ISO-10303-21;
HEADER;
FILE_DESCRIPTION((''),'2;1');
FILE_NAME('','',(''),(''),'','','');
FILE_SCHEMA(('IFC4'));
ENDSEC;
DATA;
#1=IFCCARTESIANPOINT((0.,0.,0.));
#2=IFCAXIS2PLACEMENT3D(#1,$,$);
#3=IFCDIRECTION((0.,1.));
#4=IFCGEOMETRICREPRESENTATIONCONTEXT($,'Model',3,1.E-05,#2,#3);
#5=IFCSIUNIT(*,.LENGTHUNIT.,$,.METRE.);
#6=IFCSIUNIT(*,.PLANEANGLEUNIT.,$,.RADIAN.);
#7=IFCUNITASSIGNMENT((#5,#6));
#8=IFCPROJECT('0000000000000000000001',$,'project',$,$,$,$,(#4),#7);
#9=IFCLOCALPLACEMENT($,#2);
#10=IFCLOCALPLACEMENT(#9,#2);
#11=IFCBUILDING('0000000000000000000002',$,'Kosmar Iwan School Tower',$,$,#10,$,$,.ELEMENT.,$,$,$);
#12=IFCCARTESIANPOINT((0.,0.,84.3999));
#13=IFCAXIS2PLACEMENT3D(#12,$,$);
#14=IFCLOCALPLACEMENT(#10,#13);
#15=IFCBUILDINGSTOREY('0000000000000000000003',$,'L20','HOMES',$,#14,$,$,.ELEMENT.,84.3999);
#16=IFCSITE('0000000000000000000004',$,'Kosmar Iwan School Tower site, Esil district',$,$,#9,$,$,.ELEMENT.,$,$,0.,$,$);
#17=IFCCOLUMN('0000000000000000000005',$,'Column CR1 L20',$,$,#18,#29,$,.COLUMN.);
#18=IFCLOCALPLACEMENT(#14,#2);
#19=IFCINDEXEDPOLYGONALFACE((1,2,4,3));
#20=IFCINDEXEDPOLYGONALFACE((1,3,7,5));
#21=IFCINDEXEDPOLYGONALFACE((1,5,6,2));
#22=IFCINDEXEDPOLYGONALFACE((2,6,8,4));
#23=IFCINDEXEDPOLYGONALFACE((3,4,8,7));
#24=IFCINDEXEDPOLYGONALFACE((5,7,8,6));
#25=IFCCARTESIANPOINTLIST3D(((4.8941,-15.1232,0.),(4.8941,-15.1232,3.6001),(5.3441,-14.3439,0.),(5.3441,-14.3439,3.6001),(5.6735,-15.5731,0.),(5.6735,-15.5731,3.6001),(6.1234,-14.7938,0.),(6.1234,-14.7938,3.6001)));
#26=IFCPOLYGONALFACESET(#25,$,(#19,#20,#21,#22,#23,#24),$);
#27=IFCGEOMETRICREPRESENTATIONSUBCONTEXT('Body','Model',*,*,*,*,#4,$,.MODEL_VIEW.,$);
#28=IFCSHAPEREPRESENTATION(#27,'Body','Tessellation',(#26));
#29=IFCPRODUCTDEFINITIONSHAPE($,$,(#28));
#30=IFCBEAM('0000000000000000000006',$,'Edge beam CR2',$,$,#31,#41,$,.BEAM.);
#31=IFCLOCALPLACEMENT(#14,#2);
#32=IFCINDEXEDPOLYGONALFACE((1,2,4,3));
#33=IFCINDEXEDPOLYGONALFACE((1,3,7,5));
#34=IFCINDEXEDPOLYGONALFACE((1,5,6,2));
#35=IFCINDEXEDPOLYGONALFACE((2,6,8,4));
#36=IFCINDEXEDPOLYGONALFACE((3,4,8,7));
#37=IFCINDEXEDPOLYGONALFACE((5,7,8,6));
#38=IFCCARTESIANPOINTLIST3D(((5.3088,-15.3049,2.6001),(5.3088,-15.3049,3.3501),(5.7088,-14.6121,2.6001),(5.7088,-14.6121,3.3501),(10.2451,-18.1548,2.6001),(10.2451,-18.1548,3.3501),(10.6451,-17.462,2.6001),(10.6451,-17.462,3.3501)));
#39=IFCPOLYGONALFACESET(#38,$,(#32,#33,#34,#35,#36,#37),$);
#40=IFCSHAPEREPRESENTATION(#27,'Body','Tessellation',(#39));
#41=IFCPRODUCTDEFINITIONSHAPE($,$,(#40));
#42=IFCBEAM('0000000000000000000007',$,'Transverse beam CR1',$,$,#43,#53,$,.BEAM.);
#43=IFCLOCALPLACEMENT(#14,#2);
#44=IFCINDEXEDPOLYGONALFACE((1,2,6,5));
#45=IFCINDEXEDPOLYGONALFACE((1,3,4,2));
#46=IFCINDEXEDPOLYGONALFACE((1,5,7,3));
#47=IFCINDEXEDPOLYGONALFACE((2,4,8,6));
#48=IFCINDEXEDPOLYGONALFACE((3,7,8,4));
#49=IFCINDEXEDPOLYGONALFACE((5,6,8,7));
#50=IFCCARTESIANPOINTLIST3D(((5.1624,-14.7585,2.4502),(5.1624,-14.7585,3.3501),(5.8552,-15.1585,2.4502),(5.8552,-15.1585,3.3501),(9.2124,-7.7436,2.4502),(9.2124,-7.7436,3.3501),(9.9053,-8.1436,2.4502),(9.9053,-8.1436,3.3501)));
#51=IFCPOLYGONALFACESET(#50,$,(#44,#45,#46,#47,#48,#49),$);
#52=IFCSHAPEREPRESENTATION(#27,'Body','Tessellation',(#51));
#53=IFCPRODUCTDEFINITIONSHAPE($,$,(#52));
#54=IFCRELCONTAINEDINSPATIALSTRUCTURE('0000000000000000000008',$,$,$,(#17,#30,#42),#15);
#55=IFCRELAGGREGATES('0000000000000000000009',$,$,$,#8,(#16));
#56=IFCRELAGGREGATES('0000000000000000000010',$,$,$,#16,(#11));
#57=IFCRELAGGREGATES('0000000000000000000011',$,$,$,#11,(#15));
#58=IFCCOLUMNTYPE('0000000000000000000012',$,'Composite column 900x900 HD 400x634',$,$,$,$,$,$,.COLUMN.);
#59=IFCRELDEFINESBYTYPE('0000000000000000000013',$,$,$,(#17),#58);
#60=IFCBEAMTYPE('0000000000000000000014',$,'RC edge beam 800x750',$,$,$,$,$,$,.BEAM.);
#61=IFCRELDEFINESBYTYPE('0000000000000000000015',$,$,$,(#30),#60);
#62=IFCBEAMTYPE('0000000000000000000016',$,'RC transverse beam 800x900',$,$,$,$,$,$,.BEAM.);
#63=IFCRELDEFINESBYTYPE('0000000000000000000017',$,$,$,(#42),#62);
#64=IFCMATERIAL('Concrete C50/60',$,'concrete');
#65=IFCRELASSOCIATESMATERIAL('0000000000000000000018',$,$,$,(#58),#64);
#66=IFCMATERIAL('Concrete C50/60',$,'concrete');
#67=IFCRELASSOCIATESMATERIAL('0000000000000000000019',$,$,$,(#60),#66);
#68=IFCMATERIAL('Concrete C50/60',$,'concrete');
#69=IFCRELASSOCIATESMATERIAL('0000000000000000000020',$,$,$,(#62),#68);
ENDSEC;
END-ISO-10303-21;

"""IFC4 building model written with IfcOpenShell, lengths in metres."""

from ifc_helpers import new_model, si_unit, direction, frame, origin, origin_2d, place, context, subcontext, project, spatial, rectangle, extrude, material, material_profile, profile_set, type_object, element, save


model = new_model("IFC4")

# Units and contexts
model_context = context("Model", 3, precision=1e-05, world=origin(), true_north=direction((0.0, 1.0)))
body_context = subcontext(model_context, "Body", "Model", "MODEL_VIEW")
ifc_project = project(units=[si_unit("LENGTHUNIT", "METRE"), si_unit("PLANEANGLEUNIT", "RADIAN")], contexts=[model_context])

# Site, building, storey
site_placement = place(None, origin())
site = spatial("IfcSite", under=ifc_project, at=site_placement, Name="Kosmar Iwan School Tower site, Esil district", CompositionType="ELEMENT", RefElevation=0.0)
building_placement = place(site_placement, origin())
building = spatial("IfcBuilding", under=site, at=building_placement, Name="Kosmar Iwan School Tower", CompositionType="ELEMENT")
storey_placement = place(building_placement, frame((0.0, 0.0, 84.3999)))
storey = spatial("IfcBuildingStorey", under=building, at=storey_placement, Name="L20", Description="HOMES", CompositionType="ELEMENT", Elevation=84.3999)

# Column
ifc_material_1 = material(Name="Concrete C50/60", Category="concrete")
ifc_material_profile_1 = material_profile(ifc_material_1, rectangle(XDim=0.8999, YDim=0.8999, at=origin_2d()), Name="RC 900x900 + HD 400x634")
ifc_profile_set_1 = profile_set([ifc_material_profile_1], Name="Concrete C50/60")
column_type = type_object("IfcColumnType", Name="Composite column 900x900 HD 400x634", PredefinedType="COLUMN", material=ifc_profile_set_1)
column_placement = place(storey_placement, frame((5.5088, -14.9585, 0.0), z_axis=(0.0, 0.0, 1.0), x_axis=(0.866025, -0.5, 0.0)))
element("IfcColumn", 1, at=column_placement, inside=storey, type_object=column_type, Name="Column CR1 L20", PredefinedType="COLUMN", context=body_context, shape_type="SweptSolid", body=[
    extrude(rectangle(XDim=0.8999, YDim=0.8999, at=origin_2d()), origin(), (0.0, 0.0, 1.0), 3.6001),
])

# Beams
ifc_material_2 = material(Name="Concrete C50/60", Category="concrete")
ifc_material_profile_2 = material_profile(ifc_material_2, rectangle(XDim=0.8, YDim=0.75, at=origin_2d()), Name="RC 800x750")
ifc_profile_set_2 = profile_set([ifc_material_profile_2], Name="Concrete C50/60")
beam_type_1 = type_object("IfcBeamType", Name="RC edge beam 800x750", PredefinedType="BEAM", material=ifc_profile_set_2)
beam_1_placement = place(storey_placement, frame((5.5088, -14.9585, 2.9751), z_axis=(0.866034, -0.499986, 0.0), x_axis=(0.499986, 0.866034, 0.0)))
element("IfcBeam", 2, at=beam_1_placement, inside=storey, type_object=beam_type_1, Name="Edge beam CR2", PredefinedType="BEAM", context=body_context, shape_type="SweptSolid", body=[
    extrude(rectangle(XDim=0.8, YDim=0.75, at=origin_2d()), origin(), (0.0, 0.0, 1.0), 5.7),
])
ifc_material_3 = material(Name="Concrete C50/60", Category="concrete")
ifc_material_profile_3 = material_profile(ifc_material_3, rectangle(XDim=0.8, YDim=0.8999, at=origin_2d()), Name="RC 800x900")
ifc_profile_set_3 = profile_set([ifc_material_profile_3], Name="Concrete C50/60")
beam_type_2 = type_object("IfcBeamType", Name="RC transverse beam 800x900", PredefinedType="BEAM", material=ifc_profile_set_3)
beam_2_placement = place(storey_placement, frame((5.5088, -14.9585, 2.9001), z_axis=(0.5, 0.866025, 0.0), x_axis=(-0.866025, 0.5, 0.0)))
element("IfcBeam", 3, at=beam_2_placement, inside=storey, type_object=beam_type_2, Name="Transverse beam CR1", PredefinedType="BEAM", context=body_context, shape_type="SweptSolid", body=[
    extrude(rectangle(XDim=0.8, YDim=0.8999, at=origin_2d()), origin(), (0.0, 0.0, 1.0), 8.1001),
])

save(model, "model.ifc")
